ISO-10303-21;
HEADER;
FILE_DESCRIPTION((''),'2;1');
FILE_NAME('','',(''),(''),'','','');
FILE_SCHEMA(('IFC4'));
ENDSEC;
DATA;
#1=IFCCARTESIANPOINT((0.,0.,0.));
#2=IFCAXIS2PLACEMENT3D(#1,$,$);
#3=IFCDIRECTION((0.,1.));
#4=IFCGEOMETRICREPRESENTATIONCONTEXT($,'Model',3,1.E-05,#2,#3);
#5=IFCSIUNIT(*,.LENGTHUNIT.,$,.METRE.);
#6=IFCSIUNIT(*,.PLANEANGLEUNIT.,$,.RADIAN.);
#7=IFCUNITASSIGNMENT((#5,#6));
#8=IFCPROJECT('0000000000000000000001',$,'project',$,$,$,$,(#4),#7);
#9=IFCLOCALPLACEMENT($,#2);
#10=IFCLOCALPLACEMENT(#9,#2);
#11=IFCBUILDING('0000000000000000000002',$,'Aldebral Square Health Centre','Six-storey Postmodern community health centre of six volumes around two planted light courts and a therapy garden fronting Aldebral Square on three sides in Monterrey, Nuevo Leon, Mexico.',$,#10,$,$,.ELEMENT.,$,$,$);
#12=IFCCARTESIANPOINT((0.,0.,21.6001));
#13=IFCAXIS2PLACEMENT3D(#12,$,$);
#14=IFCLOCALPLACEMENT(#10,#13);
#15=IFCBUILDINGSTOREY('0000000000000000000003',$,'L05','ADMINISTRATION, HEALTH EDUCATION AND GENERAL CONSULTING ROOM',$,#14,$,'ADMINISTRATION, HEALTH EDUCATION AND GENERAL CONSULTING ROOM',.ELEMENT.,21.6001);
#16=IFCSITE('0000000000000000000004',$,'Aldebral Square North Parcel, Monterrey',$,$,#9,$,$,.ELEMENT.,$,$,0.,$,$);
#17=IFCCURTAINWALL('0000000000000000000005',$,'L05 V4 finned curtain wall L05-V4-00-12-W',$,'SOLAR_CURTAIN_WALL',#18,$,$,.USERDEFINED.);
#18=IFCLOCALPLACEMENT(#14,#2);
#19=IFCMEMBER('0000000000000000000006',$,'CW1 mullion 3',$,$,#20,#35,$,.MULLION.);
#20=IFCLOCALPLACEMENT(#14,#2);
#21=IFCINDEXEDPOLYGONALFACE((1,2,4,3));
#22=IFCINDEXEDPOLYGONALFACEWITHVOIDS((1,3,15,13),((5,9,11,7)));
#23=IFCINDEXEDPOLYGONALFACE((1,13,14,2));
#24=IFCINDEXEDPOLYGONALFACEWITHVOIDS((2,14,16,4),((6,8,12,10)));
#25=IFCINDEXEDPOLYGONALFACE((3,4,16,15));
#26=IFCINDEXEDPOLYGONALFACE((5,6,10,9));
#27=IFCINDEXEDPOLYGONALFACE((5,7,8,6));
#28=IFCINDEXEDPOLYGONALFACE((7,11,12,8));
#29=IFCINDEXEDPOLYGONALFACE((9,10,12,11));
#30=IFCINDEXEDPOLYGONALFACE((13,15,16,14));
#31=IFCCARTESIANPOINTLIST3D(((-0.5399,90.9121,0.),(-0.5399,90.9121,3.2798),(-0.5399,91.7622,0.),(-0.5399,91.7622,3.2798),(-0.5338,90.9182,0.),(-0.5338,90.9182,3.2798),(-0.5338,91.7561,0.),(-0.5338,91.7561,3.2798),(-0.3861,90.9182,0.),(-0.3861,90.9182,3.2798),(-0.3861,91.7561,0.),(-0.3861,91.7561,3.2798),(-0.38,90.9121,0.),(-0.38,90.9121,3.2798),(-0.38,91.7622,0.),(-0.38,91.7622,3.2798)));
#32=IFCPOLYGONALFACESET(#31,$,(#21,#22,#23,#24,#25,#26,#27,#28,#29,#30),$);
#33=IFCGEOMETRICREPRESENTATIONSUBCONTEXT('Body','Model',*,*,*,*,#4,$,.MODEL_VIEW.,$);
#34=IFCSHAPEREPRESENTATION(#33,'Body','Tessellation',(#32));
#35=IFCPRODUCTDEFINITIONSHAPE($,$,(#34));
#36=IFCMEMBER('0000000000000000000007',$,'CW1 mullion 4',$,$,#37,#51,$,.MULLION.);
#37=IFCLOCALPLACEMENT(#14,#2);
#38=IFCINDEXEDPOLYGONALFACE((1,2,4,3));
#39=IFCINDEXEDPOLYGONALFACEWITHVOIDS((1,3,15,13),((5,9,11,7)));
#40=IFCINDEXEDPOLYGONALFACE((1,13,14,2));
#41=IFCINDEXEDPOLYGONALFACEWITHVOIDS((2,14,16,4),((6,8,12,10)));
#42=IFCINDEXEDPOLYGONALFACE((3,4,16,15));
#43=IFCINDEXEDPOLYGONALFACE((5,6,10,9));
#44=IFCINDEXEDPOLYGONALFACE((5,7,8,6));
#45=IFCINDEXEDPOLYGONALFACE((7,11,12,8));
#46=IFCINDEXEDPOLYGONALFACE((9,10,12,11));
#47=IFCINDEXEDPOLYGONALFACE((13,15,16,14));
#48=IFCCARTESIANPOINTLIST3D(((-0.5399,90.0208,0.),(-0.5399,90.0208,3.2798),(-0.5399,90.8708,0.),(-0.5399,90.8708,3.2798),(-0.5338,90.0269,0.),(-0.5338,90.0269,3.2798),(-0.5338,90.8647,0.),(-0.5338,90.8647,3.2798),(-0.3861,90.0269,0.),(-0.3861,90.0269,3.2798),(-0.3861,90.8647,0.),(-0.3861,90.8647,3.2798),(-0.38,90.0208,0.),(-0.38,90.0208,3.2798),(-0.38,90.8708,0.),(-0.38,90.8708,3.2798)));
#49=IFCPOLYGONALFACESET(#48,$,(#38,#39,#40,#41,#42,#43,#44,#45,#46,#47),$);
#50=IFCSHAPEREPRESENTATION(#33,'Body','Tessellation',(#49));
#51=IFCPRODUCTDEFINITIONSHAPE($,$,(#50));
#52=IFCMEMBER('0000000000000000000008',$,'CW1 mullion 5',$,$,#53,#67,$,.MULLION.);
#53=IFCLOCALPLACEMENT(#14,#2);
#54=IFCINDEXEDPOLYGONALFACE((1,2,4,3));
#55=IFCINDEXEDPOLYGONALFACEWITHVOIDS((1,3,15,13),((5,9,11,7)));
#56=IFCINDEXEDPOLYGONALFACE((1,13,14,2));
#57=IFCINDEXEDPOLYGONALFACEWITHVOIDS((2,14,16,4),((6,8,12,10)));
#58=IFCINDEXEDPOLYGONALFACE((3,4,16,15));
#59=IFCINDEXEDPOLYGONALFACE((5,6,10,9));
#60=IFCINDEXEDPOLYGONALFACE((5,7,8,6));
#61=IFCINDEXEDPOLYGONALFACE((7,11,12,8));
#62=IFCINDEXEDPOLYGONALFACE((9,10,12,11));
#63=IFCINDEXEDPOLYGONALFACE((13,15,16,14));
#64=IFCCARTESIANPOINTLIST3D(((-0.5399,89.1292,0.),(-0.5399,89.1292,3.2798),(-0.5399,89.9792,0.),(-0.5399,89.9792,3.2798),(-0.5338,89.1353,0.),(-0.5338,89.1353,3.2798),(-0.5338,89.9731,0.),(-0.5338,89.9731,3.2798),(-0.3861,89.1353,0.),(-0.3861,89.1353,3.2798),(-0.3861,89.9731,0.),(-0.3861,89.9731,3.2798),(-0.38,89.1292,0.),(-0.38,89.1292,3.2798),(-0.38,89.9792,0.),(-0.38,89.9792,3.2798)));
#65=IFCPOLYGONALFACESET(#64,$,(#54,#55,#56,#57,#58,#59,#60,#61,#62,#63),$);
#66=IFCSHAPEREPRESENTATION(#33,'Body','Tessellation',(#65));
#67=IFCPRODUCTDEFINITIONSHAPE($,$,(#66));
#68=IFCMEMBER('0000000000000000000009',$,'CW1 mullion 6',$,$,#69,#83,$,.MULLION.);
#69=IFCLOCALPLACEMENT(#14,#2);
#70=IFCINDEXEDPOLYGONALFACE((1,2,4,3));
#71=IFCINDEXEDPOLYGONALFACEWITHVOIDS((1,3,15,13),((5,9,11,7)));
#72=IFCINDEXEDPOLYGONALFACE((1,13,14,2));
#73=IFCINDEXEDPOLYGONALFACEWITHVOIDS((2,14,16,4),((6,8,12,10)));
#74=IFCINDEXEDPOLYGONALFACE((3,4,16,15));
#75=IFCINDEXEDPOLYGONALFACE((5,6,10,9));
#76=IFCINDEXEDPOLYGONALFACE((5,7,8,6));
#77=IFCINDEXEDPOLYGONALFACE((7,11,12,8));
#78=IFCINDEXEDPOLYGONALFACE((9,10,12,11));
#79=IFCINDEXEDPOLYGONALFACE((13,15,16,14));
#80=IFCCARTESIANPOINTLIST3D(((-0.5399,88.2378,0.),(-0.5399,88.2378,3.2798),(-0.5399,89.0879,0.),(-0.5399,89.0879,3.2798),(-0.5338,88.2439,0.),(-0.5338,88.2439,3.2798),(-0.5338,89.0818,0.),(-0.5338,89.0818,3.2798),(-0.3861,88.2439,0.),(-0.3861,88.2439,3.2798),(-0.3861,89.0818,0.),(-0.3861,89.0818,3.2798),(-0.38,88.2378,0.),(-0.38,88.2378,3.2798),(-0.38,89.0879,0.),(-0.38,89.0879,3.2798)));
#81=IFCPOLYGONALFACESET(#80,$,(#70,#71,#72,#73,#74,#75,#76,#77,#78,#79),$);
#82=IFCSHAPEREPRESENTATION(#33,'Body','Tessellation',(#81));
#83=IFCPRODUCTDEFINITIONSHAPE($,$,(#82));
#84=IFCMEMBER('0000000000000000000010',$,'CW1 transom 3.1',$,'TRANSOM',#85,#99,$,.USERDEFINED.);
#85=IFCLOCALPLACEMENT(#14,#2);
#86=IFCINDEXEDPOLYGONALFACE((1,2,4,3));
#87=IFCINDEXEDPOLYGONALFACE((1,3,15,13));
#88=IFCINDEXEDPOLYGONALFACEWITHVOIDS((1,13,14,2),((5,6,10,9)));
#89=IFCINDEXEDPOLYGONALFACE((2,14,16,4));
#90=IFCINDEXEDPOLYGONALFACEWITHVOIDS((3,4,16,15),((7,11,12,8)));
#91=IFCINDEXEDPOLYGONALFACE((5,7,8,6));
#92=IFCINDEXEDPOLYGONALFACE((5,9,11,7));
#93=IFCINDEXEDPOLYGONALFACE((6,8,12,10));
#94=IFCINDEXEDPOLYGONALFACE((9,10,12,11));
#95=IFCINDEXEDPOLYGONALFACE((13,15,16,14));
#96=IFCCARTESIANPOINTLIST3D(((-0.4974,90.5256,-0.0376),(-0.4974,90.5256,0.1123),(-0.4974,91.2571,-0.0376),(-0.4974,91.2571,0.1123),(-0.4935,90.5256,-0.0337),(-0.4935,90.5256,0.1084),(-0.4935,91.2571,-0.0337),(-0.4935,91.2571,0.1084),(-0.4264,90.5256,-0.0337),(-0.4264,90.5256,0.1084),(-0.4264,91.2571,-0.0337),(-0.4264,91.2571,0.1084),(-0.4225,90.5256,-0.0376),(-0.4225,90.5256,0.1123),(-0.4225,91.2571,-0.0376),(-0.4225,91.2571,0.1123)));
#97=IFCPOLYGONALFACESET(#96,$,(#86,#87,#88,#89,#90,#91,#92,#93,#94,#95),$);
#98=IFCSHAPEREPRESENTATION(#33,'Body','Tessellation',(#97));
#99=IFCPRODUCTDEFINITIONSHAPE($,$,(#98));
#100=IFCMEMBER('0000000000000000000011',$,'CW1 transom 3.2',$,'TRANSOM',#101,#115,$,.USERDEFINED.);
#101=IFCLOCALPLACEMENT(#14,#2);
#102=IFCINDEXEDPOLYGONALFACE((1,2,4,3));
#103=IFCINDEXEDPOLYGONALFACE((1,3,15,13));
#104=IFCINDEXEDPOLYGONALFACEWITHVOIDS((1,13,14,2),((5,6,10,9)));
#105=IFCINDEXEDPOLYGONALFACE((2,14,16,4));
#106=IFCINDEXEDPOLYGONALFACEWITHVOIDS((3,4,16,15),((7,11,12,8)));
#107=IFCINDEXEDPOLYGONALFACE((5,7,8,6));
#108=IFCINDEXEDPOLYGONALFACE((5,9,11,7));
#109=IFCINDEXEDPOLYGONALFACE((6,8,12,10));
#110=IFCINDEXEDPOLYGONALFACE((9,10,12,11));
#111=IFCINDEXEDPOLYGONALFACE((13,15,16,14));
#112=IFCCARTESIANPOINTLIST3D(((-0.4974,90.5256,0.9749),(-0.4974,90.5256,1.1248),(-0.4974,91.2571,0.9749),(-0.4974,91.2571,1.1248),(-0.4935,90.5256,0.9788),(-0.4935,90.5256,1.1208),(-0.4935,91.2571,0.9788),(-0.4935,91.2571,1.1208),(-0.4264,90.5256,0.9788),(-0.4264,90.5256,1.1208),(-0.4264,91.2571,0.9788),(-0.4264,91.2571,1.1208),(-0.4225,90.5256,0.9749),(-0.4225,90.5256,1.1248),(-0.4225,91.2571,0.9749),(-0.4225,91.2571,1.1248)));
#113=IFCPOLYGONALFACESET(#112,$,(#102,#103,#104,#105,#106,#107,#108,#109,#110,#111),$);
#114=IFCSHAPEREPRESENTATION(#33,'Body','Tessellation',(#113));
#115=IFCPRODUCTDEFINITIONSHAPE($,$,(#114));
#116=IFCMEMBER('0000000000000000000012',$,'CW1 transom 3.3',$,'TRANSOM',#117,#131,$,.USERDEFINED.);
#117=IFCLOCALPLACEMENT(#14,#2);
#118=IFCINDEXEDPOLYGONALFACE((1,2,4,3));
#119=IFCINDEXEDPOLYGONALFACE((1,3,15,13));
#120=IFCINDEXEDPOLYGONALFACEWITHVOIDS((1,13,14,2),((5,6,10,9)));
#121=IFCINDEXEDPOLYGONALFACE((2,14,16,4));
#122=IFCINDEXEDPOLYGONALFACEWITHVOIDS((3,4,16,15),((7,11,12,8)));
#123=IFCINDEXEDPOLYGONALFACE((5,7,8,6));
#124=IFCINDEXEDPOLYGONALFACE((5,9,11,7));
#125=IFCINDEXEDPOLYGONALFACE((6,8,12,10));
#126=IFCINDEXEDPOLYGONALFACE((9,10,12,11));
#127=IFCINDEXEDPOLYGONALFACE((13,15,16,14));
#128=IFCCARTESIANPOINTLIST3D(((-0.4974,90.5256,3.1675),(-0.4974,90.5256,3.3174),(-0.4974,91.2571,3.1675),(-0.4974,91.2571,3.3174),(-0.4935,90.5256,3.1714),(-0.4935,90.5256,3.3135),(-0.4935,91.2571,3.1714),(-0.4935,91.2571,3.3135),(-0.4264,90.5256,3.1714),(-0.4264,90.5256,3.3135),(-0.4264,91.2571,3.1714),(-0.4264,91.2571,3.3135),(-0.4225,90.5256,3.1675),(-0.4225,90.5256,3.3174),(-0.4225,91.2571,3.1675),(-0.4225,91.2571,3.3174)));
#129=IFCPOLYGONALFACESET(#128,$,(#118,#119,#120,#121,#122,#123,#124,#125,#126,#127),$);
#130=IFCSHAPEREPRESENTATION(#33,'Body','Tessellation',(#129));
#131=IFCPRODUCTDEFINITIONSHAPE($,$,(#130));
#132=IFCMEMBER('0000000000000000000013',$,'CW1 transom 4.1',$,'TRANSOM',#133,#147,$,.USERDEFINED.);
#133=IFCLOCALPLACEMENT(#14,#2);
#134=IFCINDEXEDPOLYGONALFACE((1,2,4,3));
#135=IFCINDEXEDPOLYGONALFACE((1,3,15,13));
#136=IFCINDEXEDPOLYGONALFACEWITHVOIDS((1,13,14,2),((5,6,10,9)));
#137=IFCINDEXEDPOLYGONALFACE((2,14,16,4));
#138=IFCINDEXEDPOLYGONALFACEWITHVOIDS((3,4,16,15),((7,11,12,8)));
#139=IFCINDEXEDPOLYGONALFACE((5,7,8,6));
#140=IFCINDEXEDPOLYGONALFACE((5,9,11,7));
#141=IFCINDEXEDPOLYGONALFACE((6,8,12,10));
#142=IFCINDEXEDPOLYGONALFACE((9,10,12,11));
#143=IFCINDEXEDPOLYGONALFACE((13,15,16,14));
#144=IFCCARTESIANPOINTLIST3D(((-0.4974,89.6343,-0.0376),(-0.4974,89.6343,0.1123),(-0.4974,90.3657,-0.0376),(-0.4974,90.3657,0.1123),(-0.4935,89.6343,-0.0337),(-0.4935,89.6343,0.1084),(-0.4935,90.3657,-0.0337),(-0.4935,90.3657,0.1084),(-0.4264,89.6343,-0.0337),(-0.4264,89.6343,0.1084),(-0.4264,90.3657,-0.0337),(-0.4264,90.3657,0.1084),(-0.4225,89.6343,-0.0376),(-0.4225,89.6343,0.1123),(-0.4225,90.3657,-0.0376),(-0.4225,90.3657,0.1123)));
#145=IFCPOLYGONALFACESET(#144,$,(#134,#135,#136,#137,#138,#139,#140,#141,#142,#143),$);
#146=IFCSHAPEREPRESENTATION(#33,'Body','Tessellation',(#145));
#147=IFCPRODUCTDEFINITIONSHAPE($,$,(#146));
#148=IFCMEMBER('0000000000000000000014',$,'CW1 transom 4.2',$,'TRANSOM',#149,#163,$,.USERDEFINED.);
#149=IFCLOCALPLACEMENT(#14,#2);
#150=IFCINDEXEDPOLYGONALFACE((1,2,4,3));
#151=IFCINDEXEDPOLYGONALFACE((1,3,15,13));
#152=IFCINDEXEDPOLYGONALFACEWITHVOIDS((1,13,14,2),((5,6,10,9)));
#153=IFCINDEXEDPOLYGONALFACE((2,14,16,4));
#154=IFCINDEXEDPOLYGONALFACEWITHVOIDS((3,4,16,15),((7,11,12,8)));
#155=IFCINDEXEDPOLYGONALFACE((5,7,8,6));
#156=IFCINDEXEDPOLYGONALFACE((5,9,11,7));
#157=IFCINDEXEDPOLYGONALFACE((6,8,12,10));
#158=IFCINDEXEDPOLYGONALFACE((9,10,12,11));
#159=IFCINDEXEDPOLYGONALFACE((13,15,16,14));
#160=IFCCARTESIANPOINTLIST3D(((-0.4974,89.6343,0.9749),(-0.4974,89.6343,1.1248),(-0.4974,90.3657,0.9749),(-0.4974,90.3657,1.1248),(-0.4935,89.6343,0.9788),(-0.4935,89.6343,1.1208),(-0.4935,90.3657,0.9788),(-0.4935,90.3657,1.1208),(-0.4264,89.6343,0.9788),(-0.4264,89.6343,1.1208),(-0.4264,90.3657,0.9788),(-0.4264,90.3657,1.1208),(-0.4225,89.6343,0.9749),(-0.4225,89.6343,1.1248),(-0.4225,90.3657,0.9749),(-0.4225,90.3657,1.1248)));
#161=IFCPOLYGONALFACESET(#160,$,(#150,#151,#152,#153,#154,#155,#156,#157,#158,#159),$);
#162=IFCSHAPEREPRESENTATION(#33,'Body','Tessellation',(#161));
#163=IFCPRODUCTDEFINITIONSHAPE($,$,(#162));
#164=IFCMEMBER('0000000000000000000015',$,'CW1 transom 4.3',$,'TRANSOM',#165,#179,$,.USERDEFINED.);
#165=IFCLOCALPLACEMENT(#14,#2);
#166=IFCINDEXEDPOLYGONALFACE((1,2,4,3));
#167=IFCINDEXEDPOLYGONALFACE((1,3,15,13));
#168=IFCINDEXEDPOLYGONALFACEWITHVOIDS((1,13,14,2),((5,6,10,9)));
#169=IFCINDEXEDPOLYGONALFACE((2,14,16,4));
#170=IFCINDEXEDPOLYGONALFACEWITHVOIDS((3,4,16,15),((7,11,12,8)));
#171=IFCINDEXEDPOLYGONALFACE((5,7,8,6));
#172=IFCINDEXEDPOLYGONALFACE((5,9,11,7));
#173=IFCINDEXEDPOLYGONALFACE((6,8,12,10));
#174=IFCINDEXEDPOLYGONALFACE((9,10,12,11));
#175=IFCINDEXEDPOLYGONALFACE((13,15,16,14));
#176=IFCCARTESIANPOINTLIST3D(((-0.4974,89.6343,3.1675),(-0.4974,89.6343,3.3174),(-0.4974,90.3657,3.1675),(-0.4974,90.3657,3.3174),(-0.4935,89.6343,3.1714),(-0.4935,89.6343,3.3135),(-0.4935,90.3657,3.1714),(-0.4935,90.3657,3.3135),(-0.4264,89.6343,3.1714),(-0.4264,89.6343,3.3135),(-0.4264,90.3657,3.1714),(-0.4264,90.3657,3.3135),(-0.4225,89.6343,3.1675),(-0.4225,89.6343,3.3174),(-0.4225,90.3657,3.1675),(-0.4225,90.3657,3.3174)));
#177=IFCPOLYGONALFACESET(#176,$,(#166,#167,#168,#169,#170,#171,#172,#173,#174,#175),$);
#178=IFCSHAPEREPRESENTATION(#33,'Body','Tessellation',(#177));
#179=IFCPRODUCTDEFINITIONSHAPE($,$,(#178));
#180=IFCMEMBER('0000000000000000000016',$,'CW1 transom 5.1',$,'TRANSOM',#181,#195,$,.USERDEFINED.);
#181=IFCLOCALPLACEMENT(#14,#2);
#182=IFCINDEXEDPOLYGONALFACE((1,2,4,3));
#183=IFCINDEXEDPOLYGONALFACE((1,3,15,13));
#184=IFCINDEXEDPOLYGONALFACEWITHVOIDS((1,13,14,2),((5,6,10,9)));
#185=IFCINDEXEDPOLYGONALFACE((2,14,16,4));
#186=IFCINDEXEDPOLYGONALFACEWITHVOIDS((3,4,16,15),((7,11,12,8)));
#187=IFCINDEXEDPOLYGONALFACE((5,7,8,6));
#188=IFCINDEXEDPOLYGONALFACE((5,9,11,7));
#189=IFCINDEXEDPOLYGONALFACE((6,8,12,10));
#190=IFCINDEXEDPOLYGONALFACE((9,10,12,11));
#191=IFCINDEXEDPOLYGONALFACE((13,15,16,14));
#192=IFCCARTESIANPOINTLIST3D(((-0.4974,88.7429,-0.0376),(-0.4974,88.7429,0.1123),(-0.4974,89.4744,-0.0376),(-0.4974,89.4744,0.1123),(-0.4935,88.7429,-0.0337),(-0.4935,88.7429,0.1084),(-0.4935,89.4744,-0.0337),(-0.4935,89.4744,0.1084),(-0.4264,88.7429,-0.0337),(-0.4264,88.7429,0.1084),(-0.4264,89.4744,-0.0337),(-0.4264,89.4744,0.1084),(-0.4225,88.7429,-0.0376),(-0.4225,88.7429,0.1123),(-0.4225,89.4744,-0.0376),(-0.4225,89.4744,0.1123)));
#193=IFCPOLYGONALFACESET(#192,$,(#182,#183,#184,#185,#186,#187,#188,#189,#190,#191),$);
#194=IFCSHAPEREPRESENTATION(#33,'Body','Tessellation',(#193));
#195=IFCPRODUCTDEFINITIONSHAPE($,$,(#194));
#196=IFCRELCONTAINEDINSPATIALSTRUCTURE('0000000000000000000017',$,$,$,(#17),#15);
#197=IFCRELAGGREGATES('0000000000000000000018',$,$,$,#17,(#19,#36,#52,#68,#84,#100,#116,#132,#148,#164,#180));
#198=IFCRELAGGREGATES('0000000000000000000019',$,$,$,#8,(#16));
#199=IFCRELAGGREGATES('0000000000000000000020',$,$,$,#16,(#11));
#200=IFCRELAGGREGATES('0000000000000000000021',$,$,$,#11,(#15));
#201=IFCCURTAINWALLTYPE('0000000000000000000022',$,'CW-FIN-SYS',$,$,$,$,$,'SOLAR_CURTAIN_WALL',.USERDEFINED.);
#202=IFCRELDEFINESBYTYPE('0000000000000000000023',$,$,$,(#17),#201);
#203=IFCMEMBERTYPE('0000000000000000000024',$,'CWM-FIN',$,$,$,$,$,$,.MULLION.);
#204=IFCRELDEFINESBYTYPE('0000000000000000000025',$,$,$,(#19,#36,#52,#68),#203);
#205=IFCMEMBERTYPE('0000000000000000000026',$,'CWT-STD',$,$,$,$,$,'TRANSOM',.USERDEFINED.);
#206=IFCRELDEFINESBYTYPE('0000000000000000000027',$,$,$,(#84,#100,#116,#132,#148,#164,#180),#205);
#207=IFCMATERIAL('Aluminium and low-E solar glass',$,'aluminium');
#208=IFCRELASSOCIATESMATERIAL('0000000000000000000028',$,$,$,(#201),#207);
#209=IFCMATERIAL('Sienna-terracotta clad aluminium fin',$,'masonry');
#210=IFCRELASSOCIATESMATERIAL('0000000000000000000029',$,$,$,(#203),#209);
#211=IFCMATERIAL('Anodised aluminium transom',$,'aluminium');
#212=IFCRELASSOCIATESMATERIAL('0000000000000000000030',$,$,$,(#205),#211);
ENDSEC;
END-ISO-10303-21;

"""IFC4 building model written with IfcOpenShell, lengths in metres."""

from ifc_helpers import new_model, si_unit, direction, frame, origin, origin_2d, place, context, subcontext, project, spatial, hollow_rectangle, extrude, material, material_profile, profile_set, type_object, element, aggregate, save


model = new_model("IFC4")

# Units and contexts
model_context = context("Model", 3, precision=1e-05, world=origin(), true_north=direction((0.0, 1.0)))
body_context = subcontext(model_context, "Body", "Model", "MODEL_VIEW")
ifc_project = project(units=[si_unit("LENGTHUNIT", "METRE"), si_unit("PLANEANGLEUNIT", "RADIAN")], contexts=[model_context])

# Site, building, storey
site_placement = place(None, origin())
site = spatial("IfcSite", under=ifc_project, at=site_placement, Name="Aldebral Square North Parcel, Monterrey", CompositionType="ELEMENT", RefElevation=0.0)
building_placement = place(site_placement, origin())
building = spatial("IfcBuilding", under=site, at=building_placement, Name="Aldebral Square Health Centre", Description="Six-storey Postmodern community health centre of six volumes around two planted light courts and a therapy garden fronting Aldebral Square on three sides in Monterrey, Nuevo Leon, Mexico.", CompositionType="ELEMENT")
storey_placement = place(building_placement, frame((0.0, 0.0, 21.6001)))
storey = spatial("IfcBuildingStorey", under=building, at=storey_placement, Name="L05", Description="ADMINISTRATION, HEALTH EDUCATION AND GENERAL CONSULTING ROOM", LongName="ADMINISTRATION, HEALTH EDUCATION AND GENERAL CONSULTING ROOM", CompositionType="ELEMENT", Elevation=21.6001)

# Curtain wall, members
ifc_material_1 = material(Name="Aluminium and low-E solar glass", Category="aluminium")
curtain_wall_type = type_object("IfcCurtainWallType", Name="CW-FIN-SYS", ElementType="SOLAR_CURTAIN_WALL", PredefinedType="USERDEFINED", material=ifc_material_1)
curtain_wall_placement = place(storey_placement, origin())
curtain_wall = element("IfcCurtainWall", 1, at=curtain_wall_placement, inside=storey, type_object=curtain_wall_type, Name="L05 V4 finned curtain wall L05-V4-00-12-W", ObjectType="SOLAR_CURTAIN_WALL", PredefinedType="USERDEFINED")
ifc_material_2 = material(Name="Sienna-terracotta clad aluminium fin", Category="masonry")
ifc_material_profile_1 = material_profile(ifc_material_2, hollow_rectangle(XDim=0.1599, YDim=0.8501, WallThickness=0.0061, at=origin_2d()), Name="FIN 160x850x6")
ifc_profile_set_1 = profile_set([ifc_material_profile_1], Name="Sienna-terracotta clad aluminium fin")
member_type_1 = type_object("IfcMemberType", Name="CWM-FIN", PredefinedType="MULLION", material=ifc_profile_set_1)
member_1_placement = place(storey_placement, frame((-0.46, 91.3372, 0.0), z_axis=(0.0, 0.0, 1.0), x_axis=(1.0, 0.0, 0.0)))
member_1 = element("IfcMember", 2, at=member_1_placement, type_object=member_type_1, Name="CW1 mullion 3", PredefinedType="MULLION", context=body_context, shape_type="SweptSolid", body=[
    extrude(hollow_rectangle(XDim=0.1599, YDim=0.8501, WallThickness=0.0061, at=origin_2d()), origin(), (0.0, 0.0, 1.0), 3.2798),
])
member_2_placement = place(storey_placement, frame((-0.46, 90.4458, 0.0), z_axis=(0.0, 0.0, 1.0), x_axis=(1.0, 0.0, 0.0)))
member_2 = element("IfcMember", 3, at=member_2_placement, type_object=member_type_1, Name="CW1 mullion 4", PredefinedType="MULLION", context=body_context, shape_type="SweptSolid", body=[
    extrude(hollow_rectangle(XDim=0.1599, YDim=0.8501, WallThickness=0.0061, at=origin_2d()), origin(), (0.0, 0.0, 1.0), 3.2798),
])
member_3_placement = place(storey_placement, frame((-0.46, 89.5542, 0.0), z_axis=(0.0, 0.0, 1.0), x_axis=(1.0, 0.0, 0.0)))
member_3 = element("IfcMember", 4, at=member_3_placement, type_object=member_type_1, Name="CW1 mullion 5", PredefinedType="MULLION", context=body_context, shape_type="SweptSolid", body=[
    extrude(hollow_rectangle(XDim=0.1599, YDim=0.8501, WallThickness=0.0061, at=origin_2d()), origin(), (0.0, 0.0, 1.0), 3.2798),
])
member_4_placement = place(storey_placement, frame((-0.46, 88.6628, 0.0), z_axis=(0.0, 0.0, 1.0), x_axis=(1.0, 0.0, 0.0)))
member_4 = element("IfcMember", 5, at=member_4_placement, type_object=member_type_1, Name="CW1 mullion 6", PredefinedType="MULLION", context=body_context, shape_type="SweptSolid", body=[
    extrude(hollow_rectangle(XDim=0.1599, YDim=0.8501, WallThickness=0.0061, at=origin_2d()), origin(), (0.0, 0.0, 1.0), 3.2798),
])
ifc_material_3 = material(Name="Anodised aluminium transom", Category="aluminium")
ifc_material_profile_2 = material_profile(ifc_material_3, hollow_rectangle(XDim=0.075, YDim=0.1499, WallThickness=0.0039, at=origin_2d()), Name="CWT 75x150x4")
ifc_profile_set_2 = profile_set([ifc_material_profile_2], Name="Anodised aluminium transom")
member_type_2 = type_object("IfcMemberType", Name="CWT-STD", ElementType="TRANSOM", PredefinedType="USERDEFINED", material=ifc_profile_set_2)
member_5_placement = place(storey_placement, frame((-0.46, 91.2571, 0.0374), z_axis=(0.0, -1.0, 0.0), x_axis=(1.0, 0.0, 0.0)))
member_5 = element("IfcMember", 6, at=member_5_placement, type_object=member_type_2, Name="CW1 transom 3.1", ObjectType="TRANSOM", PredefinedType="USERDEFINED", context=body_context, shape_type="SweptSolid", body=[
    extrude(hollow_rectangle(XDim=0.075, YDim=0.1499, WallThickness=0.0039, at=origin_2d()), origin(), (0.0, 0.0, 1.0), 0.7314),
])
member_6_placement = place(storey_placement, frame((-0.46, 91.2571, 1.0498), z_axis=(0.0, -1.0, 0.0), x_axis=(1.0, 0.0, 0.0)))
member_6 = element("IfcMember", 7, at=member_6_placement, type_object=member_type_2, Name="CW1 transom 3.2", ObjectType="TRANSOM", PredefinedType="USERDEFINED", context=body_context, shape_type="SweptSolid", body=[
    extrude(hollow_rectangle(XDim=0.075, YDim=0.1499, WallThickness=0.0039, at=origin_2d()), origin(), (0.0, 0.0, 1.0), 0.7314),
])
member_7_placement = place(storey_placement, frame((-0.46, 91.2571, 3.2424), z_axis=(0.0, -1.0, 0.0), x_axis=(1.0, 0.0, 0.0)))
member_7 = element("IfcMember", 8, at=member_7_placement, type_object=member_type_2, Name="CW1 transom 3.3", ObjectType="TRANSOM", PredefinedType="USERDEFINED", context=body_context, shape_type="SweptSolid", body=[
    extrude(hollow_rectangle(XDim=0.075, YDim=0.1499, WallThickness=0.0039, at=origin_2d()), origin(), (0.0, 0.0, 1.0), 0.7314),
])
member_8_placement = place(storey_placement, frame((-0.46, 90.3657, 0.0374), z_axis=(0.0, -1.0, 0.0), x_axis=(1.0, 0.0, 0.0)))
member_8 = element("IfcMember", 9, at=member_8_placement, type_object=member_type_2, Name="CW1 transom 4.1", ObjectType="TRANSOM", PredefinedType="USERDEFINED", context=body_context, shape_type="SweptSolid", body=[
    extrude(hollow_rectangle(XDim=0.075, YDim=0.1499, WallThickness=0.0039, at=origin_2d()), origin(), (0.0, 0.0, 1.0), 0.7314),
])
member_9_placement = place(storey_placement, frame((-0.46, 90.3657, 1.0498), z_axis=(0.0, -1.0, 0.0), x_axis=(1.0, 0.0, 0.0)))
member_9 = element("IfcMember", 10, at=member_9_placement, type_object=member_type_2, Name="CW1 transom 4.2", ObjectType="TRANSOM", PredefinedType="USERDEFINED", context=body_context, shape_type="SweptSolid", body=[
    extrude(hollow_rectangle(XDim=0.075, YDim=0.1499, WallThickness=0.0039, at=origin_2d()), origin(), (0.0, 0.0, 1.0), 0.7314),
])
member_10_placement = place(storey_placement, frame((-0.46, 90.3657, 3.2424), z_axis=(0.0, -1.0, 0.0), x_axis=(1.0, 0.0, 0.0)))
member_10 = element("IfcMember", 11, at=member_10_placement, type_object=member_type_2, Name="CW1 transom 4.3", ObjectType="TRANSOM", PredefinedType="USERDEFINED", context=body_context, shape_type="SweptSolid", body=[
    extrude(hollow_rectangle(XDim=0.075, YDim=0.1499, WallThickness=0.0039, at=origin_2d()), origin(), (0.0, 0.0, 1.0), 0.7314),
])
member_11_placement = place(storey_placement, frame((-0.46, 89.4744, 0.0374), z_axis=(0.0, -1.0, 0.0), x_axis=(1.0, 0.0, 0.0)))
member_11 = element("IfcMember", 12, at=member_11_placement, type_object=member_type_2, Name="CW1 transom 5.1", ObjectType="TRANSOM", PredefinedType="USERDEFINED", context=body_context, shape_type="SweptSolid", body=[
    extrude(hollow_rectangle(XDim=0.075, YDim=0.1499, WallThickness=0.0039, at=origin_2d()), origin(), (0.0, 0.0, 1.0), 0.7314),
])
aggregate(curtain_wall, [member_1, member_2, member_3, member_4, member_5, member_6, member_7, member_8, member_9, member_10, member_11])

save(model, "model.ifc")
